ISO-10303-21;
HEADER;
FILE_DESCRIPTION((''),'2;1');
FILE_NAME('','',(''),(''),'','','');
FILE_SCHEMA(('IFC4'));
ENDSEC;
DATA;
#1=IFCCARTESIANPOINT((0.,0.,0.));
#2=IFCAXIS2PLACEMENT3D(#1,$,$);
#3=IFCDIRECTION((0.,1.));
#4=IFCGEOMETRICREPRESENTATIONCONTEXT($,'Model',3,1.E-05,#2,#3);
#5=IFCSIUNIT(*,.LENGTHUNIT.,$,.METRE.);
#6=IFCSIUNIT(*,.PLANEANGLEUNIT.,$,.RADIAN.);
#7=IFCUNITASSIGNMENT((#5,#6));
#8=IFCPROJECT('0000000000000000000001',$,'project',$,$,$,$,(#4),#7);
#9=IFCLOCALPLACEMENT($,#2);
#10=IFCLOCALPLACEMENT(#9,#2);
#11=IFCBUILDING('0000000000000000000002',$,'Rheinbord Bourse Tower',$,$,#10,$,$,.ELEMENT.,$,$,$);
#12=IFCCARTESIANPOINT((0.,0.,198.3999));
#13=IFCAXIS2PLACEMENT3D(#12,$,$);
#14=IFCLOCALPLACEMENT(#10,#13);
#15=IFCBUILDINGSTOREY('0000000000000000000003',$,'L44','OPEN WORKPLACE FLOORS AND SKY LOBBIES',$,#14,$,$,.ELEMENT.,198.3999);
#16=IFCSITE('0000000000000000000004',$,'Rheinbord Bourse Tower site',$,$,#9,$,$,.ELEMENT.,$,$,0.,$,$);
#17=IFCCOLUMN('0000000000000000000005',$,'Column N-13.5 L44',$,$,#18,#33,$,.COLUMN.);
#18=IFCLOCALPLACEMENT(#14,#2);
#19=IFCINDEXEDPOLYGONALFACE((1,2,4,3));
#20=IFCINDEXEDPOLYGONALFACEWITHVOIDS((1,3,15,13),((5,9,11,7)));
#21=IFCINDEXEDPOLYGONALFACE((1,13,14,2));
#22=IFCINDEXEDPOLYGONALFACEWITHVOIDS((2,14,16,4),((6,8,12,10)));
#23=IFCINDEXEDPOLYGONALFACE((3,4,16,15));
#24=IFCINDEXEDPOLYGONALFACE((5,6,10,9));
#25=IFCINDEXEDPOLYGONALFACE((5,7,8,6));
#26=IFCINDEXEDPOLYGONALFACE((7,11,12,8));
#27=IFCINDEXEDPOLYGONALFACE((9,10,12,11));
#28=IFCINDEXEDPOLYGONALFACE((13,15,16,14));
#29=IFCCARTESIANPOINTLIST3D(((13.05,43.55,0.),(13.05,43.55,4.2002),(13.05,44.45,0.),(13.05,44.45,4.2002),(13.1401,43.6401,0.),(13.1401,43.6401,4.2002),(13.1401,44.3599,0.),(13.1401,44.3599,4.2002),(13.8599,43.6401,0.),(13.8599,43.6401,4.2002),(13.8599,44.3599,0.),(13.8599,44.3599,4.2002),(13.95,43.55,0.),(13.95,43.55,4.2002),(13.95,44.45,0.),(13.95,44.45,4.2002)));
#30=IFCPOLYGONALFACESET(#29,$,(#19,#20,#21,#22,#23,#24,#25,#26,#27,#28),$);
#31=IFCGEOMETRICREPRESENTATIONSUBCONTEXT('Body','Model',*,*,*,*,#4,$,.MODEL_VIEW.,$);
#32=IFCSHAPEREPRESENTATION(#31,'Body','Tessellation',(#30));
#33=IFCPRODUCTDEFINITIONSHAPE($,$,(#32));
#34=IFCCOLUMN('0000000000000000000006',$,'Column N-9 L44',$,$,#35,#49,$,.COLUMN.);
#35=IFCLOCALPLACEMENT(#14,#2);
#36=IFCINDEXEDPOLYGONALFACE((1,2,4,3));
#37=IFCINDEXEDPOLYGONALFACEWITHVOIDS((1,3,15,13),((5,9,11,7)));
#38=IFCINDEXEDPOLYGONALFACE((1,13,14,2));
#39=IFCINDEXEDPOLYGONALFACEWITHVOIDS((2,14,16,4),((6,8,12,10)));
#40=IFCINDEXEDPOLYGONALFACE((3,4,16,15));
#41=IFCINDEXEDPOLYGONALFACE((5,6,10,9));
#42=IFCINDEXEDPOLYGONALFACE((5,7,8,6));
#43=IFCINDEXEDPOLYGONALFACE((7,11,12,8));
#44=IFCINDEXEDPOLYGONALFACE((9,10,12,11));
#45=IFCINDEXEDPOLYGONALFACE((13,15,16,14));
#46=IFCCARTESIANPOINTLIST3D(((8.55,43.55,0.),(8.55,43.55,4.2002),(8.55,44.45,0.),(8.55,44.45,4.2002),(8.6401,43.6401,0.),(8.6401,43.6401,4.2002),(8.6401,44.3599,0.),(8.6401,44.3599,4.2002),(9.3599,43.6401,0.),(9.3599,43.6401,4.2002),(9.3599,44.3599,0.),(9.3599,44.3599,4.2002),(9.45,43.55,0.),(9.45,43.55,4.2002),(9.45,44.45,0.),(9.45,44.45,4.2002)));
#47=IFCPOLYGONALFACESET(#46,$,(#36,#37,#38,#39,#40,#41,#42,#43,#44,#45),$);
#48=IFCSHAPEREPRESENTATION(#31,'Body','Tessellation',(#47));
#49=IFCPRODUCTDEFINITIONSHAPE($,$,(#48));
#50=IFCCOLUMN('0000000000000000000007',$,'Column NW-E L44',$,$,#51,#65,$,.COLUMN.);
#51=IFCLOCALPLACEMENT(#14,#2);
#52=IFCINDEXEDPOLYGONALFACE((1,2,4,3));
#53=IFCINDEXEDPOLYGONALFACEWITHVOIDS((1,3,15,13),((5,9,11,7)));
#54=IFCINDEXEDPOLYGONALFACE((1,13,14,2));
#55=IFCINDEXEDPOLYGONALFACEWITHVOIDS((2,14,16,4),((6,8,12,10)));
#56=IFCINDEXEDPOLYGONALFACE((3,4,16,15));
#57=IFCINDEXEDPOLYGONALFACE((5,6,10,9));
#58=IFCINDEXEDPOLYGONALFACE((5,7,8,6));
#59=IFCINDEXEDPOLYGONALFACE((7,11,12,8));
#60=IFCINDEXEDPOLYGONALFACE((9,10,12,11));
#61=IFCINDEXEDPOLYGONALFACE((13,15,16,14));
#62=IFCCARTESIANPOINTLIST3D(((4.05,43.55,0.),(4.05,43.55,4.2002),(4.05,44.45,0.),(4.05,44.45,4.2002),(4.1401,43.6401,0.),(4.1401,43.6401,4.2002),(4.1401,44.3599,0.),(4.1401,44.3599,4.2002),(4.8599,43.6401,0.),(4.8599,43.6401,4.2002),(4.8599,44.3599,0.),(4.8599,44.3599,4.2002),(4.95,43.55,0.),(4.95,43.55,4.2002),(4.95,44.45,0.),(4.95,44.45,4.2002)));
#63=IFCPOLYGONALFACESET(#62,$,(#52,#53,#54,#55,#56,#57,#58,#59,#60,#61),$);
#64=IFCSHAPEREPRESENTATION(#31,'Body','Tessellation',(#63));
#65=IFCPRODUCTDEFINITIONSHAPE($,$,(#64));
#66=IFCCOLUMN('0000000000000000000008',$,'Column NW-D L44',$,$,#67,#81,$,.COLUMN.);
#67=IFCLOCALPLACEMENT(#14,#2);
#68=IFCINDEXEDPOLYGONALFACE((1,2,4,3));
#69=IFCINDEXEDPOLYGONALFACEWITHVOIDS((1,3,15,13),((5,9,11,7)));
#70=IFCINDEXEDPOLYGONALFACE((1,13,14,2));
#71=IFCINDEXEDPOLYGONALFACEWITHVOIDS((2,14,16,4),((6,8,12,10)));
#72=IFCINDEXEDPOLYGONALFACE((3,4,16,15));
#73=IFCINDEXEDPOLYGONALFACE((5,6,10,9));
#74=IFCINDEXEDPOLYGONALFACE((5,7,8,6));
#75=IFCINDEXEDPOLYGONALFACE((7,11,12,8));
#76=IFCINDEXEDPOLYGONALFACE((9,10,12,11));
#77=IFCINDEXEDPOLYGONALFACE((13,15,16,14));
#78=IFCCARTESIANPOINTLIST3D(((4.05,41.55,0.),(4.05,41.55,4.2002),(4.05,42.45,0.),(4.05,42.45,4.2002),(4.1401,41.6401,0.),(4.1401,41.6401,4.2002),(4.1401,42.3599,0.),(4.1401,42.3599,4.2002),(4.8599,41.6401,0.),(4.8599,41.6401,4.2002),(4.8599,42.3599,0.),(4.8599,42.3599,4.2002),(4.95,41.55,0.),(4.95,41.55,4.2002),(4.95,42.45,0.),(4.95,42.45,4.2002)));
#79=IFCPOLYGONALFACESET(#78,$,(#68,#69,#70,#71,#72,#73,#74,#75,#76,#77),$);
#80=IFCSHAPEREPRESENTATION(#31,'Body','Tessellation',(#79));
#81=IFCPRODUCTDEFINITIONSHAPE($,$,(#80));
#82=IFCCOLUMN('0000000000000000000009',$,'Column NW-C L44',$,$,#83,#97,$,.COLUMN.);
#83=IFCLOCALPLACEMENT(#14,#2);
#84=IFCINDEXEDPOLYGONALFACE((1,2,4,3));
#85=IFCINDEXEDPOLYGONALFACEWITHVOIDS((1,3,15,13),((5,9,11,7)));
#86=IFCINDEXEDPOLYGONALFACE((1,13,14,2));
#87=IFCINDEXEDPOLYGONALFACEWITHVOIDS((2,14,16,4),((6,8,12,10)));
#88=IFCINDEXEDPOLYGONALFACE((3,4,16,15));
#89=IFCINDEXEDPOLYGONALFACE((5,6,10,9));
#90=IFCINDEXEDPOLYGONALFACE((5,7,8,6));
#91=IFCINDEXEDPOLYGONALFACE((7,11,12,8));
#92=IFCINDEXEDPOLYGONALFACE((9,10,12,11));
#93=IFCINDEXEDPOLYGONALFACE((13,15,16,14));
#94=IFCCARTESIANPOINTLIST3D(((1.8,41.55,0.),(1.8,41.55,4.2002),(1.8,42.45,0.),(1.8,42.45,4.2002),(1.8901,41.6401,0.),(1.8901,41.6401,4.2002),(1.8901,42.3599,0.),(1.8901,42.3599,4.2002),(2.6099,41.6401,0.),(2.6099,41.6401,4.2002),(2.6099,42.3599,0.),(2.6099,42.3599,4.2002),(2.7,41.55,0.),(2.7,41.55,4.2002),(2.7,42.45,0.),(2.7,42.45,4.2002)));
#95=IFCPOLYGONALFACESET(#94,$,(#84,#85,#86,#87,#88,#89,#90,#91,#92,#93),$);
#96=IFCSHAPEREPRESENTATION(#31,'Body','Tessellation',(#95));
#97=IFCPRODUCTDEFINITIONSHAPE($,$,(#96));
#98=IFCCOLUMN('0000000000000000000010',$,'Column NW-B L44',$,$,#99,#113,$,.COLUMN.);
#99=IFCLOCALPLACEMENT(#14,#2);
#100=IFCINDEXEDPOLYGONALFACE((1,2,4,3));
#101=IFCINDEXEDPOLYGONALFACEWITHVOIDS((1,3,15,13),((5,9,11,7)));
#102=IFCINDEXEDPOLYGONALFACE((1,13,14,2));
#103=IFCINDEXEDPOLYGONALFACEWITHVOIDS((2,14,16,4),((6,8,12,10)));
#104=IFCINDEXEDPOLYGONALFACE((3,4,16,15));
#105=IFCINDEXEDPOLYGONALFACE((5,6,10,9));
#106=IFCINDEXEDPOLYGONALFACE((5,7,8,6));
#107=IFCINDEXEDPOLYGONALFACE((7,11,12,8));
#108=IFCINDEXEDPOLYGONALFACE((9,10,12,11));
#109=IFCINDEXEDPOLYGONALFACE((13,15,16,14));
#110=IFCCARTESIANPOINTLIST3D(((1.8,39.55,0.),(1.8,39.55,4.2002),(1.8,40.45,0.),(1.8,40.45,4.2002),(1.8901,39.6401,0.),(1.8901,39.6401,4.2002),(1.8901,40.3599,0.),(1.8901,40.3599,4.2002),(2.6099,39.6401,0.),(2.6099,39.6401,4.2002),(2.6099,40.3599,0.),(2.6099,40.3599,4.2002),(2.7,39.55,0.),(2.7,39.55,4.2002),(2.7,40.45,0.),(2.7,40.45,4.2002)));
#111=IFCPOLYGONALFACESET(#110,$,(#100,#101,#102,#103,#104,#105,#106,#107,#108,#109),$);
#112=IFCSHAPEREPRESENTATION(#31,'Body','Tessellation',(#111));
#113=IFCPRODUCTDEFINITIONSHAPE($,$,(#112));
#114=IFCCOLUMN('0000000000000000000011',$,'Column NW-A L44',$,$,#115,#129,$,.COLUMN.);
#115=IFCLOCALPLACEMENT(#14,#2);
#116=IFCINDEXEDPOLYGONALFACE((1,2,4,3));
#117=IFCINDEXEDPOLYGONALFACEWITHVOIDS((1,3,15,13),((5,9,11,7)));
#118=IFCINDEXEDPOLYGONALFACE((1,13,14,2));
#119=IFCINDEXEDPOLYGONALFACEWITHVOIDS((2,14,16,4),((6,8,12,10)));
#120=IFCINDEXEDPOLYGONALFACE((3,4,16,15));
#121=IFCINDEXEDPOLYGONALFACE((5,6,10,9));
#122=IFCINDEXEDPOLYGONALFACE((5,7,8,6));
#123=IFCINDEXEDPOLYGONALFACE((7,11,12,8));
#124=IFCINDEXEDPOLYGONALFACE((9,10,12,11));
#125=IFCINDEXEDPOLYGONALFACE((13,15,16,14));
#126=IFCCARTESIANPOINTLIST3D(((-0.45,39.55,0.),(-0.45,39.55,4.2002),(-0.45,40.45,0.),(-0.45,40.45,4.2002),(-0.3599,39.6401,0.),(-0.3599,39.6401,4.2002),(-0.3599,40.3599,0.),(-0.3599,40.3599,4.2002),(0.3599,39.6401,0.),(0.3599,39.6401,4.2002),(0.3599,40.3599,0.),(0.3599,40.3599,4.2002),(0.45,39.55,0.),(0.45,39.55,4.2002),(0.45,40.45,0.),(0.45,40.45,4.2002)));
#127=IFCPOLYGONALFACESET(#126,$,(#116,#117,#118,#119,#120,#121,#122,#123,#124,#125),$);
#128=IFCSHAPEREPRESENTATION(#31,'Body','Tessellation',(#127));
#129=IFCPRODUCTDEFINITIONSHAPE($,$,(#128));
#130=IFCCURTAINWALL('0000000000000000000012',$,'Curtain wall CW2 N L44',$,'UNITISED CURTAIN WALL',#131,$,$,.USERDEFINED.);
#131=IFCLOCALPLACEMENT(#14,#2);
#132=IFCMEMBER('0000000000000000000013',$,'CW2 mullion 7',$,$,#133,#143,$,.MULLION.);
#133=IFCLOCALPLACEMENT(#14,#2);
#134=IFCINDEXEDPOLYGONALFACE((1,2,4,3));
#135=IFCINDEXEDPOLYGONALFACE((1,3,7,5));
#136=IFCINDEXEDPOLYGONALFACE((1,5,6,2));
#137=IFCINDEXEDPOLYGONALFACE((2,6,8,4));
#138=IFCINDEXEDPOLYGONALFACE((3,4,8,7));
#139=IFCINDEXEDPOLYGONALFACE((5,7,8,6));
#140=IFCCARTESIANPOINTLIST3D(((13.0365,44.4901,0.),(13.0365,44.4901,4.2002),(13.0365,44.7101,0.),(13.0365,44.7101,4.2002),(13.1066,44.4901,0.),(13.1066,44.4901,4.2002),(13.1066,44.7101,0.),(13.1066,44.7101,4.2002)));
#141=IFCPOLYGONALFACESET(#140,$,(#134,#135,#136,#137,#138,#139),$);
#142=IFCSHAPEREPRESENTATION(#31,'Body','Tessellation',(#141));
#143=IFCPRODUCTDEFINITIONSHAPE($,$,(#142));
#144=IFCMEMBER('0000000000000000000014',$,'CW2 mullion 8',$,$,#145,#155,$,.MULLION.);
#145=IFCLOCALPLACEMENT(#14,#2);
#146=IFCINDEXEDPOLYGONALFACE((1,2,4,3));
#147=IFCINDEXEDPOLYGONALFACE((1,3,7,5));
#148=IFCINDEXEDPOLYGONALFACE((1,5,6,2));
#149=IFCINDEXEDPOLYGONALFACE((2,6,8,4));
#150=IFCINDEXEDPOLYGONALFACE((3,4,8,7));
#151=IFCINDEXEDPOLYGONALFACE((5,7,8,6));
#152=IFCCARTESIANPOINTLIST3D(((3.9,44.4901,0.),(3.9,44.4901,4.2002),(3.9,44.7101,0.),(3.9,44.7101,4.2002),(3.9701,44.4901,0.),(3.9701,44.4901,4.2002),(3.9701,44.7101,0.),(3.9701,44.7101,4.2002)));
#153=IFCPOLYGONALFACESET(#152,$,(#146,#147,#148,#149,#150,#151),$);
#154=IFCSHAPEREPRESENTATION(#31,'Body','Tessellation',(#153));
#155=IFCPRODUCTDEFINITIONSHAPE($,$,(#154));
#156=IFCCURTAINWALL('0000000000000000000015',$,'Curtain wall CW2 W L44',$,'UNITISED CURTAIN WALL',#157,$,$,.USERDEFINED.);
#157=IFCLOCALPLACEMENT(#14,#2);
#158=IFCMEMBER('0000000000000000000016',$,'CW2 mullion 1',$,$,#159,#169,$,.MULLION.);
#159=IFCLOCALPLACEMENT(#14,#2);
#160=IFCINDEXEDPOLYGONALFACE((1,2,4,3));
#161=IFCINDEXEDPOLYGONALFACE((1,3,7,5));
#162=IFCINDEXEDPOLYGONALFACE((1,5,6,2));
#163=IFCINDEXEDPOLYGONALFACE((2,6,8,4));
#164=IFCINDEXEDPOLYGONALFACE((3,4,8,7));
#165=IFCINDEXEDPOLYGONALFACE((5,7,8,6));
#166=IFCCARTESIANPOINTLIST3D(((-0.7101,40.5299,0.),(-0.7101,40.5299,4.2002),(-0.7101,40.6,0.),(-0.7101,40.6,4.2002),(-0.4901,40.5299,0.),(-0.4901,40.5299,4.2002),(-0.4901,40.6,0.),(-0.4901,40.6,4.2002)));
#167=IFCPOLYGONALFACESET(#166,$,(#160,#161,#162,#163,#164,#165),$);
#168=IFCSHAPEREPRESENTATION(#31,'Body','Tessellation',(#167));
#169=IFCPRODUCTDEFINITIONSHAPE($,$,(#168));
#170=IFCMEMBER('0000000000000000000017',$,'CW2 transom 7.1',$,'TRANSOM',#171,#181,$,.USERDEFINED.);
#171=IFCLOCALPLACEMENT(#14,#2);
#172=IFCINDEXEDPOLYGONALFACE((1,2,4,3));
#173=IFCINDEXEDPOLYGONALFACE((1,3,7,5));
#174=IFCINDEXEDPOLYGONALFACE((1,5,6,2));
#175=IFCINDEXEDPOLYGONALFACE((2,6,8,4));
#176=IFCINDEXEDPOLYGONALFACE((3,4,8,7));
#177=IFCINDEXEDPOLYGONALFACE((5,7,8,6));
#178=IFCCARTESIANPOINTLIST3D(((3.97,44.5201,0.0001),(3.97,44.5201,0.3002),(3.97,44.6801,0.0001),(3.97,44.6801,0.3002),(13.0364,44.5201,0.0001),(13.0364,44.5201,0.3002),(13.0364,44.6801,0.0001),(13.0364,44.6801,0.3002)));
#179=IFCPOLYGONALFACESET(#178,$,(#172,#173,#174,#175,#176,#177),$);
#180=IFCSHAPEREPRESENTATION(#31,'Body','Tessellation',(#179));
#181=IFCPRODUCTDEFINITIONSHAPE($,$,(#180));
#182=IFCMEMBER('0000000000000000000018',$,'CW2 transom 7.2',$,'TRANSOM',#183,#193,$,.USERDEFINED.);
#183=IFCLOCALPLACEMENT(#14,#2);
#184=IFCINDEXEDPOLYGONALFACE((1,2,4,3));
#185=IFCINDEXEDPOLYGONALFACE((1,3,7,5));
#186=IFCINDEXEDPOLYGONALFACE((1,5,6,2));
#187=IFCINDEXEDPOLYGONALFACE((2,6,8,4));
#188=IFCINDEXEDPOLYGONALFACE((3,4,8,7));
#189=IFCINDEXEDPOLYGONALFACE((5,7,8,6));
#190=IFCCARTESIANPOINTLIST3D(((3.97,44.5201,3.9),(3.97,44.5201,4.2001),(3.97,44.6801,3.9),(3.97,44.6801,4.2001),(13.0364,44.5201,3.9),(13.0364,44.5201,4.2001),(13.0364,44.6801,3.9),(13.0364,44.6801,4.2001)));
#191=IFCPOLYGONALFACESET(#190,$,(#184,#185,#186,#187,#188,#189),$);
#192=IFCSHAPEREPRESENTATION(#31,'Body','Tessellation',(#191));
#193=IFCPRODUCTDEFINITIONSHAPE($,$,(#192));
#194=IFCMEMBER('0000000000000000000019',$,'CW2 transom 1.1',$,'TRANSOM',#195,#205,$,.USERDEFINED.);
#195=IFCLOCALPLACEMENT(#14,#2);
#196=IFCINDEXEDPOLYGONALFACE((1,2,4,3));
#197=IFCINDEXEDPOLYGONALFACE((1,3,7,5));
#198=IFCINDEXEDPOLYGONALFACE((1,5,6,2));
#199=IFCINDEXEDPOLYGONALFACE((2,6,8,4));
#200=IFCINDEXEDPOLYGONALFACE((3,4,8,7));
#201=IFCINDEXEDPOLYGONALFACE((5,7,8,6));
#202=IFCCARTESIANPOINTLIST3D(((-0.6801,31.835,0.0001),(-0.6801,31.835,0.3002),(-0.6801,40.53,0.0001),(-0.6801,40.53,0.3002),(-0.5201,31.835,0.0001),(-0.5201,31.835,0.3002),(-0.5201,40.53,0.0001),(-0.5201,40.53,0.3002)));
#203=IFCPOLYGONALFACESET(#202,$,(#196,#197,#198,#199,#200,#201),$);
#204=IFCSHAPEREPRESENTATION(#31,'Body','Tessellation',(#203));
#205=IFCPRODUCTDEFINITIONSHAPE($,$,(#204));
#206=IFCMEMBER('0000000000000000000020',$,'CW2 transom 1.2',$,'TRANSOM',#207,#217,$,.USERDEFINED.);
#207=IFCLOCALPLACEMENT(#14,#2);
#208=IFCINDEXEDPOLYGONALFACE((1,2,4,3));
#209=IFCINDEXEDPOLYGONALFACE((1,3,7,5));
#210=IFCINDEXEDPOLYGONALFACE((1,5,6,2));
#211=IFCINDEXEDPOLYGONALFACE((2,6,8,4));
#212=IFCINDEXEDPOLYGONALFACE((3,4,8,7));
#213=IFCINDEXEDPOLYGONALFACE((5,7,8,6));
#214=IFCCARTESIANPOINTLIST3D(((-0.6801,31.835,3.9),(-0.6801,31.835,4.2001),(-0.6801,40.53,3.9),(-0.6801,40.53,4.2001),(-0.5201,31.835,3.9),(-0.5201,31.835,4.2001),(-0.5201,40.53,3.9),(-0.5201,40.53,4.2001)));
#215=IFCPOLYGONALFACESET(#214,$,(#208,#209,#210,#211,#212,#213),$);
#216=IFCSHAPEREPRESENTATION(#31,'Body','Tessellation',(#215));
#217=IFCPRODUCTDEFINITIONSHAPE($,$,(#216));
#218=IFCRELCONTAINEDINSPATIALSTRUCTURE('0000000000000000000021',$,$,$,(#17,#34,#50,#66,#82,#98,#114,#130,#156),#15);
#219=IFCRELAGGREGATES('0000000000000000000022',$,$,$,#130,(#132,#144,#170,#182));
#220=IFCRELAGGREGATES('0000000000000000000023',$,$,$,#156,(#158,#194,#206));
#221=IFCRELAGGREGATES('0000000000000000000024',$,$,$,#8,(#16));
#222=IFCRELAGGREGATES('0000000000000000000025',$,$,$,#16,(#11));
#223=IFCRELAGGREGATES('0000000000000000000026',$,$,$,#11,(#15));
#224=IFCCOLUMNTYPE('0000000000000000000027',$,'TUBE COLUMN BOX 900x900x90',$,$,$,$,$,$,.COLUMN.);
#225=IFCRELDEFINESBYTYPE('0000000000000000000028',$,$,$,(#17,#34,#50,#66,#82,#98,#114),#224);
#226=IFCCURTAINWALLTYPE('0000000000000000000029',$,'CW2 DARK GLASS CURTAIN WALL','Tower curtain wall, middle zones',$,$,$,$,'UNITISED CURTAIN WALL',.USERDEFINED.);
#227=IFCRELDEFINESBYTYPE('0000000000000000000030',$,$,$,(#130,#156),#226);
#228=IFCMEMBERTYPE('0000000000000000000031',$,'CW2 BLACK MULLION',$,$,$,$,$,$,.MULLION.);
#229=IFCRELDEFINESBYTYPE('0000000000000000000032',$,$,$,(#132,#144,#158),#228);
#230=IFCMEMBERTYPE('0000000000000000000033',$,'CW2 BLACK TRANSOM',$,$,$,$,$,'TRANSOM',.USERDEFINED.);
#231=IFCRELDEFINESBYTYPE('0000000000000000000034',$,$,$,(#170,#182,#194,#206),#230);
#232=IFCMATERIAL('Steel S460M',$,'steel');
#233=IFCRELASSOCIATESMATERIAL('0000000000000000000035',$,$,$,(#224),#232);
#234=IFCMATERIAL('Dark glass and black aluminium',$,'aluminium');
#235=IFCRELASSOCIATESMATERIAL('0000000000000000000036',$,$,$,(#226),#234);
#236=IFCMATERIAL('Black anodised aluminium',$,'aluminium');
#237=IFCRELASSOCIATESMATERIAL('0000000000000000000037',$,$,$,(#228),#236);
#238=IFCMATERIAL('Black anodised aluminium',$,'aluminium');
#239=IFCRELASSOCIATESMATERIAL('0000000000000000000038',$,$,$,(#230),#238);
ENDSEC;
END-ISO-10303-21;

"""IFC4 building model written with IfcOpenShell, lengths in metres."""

from ifc_helpers import new_model, si_unit, direction, frame, origin, origin_2d, place, context, subcontext, project, spatial, rectangle, hollow_rectangle, extrude, material, material_profile, profile_set, type_object, element, aggregate, save


model = new_model("IFC4")

# Units and contexts
model_context = context("Model", 3, precision=1e-05, world=origin(), true_north=direction((0.0, 1.0)))
body_context = subcontext(model_context, "Body", "Model", "MODEL_VIEW")
ifc_project = project(units=[si_unit("LENGTHUNIT", "METRE"), si_unit("PLANEANGLEUNIT", "RADIAN")], contexts=[model_context])

# Site, building, storey
site_placement = place(None, origin())
site = spatial("IfcSite", under=ifc_project, at=site_placement, Name="Rheinbord Bourse Tower site", CompositionType="ELEMENT", RefElevation=0.0)
building_placement = place(site_placement, origin())
building = spatial("IfcBuilding", under=site, at=building_placement, Name="Rheinbord Bourse Tower", CompositionType="ELEMENT")
storey_placement = place(building_placement, frame((0.0, 0.0, 198.3999)))
storey = spatial("IfcBuildingStorey", under=building, at=storey_placement, Name="L44", Description="OPEN WORKPLACE FLOORS AND SKY LOBBIES", CompositionType="ELEMENT", Elevation=198.3999)

# Columns
ifc_material_1 = material(Name="Steel S460M", Category="steel")
ifc_material_profile_1 = material_profile(ifc_material_1, hollow_rectangle(XDim=0.8999, YDim=0.8999, WallThickness=0.0901, at=origin_2d()), Name="BOX 900x900x90")
ifc_profile_set_1 = profile_set([ifc_material_profile_1], Name="Steel S460M")
column_type = type_object("IfcColumnType", Name="TUBE COLUMN BOX 900x900x90", PredefinedType="COLUMN", material=ifc_profile_set_1)
for number, where, z_axis, x_axis, name in (
    (1, (13.5, 44.0, 0.0), (0.0, 0.0, 1.0), (0.0, 1.0, 0.0), "Column N-13.5 L44"),
    (2, (9.0, 44.0, 0.0), (0.0, 0.0, 1.0), (0.0, 1.0, 0.0), "Column N-9 L44"),
    (3, (4.5, 44.0, 0.0), (0.0, 0.0, 1.0), (0.0, 1.0, 0.0), "Column NW-E L44"),
    (4, (4.5, 42.0, 0.0), (0.0, 0.0, 1.0), (0.0, 1.0, 0.0), "Column NW-D L44"),
    (5, (2.25, 42.0, 0.0), (0.0, 0.0, 1.0), (1.0, 0.0, 0.0), "Column NW-C L44"),
    (6, (2.25, 40.0, 0.0), (0.0, 0.0, 1.0), (1.0, 0.0, 0.0), "Column NW-B L44"),
    (7, (0.0, 40.0, 0.0), (0.0, 0.0, 1.0), (1.0, 0.0, 0.0), "Column NW-A L44"),
):
    element("IfcColumn", number, at=place(storey_placement, frame(where, z_axis=z_axis, x_axis=x_axis)), inside=storey, type_object=column_type, Name=name, PredefinedType="COLUMN", context=body_context, shape_type="SweptSolid", body=[
        extrude(hollow_rectangle(XDim=0.8999, YDim=0.8999, WallThickness=0.0901, at=origin_2d()), origin(), (0.0, 0.0, 1.0), 4.2002),
    ])

# Curtain wall, members
ifc_material_2 = material(Name="Dark glass and black aluminium", Category="aluminium")
curtain_wall_type = type_object("IfcCurtainWallType", Name="CW2 DARK GLASS CURTAIN WALL", Description="Tower curtain wall, middle zones", ElementType="UNITISED CURTAIN WALL", PredefinedType="USERDEFINED", material=ifc_material_2)
curtain_wall_1_placement = place(storey_placement, origin())
curtain_wall_1 = element("IfcCurtainWall", 8, at=curtain_wall_1_placement, inside=storey, type_object=curtain_wall_type, Name="Curtain wall CW2 N L44", ObjectType="UNITISED CURTAIN WALL", PredefinedType="USERDEFINED")
ifc_material_3 = material(Name="Black anodised aluminium", Category="aluminium")
ifc_material_profile_2 = material_profile(ifc_material_3, rectangle(XDim=0.22, YDim=0.0701, at=origin_2d()), Name="CW2 MULLION 70x220")
ifc_profile_set_2 = profile_set([ifc_material_profile_2], Name="Black anodised aluminium")
member_type_1 = type_object("IfcMemberType", Name="CW2 BLACK MULLION", PredefinedType="MULLION", material=ifc_profile_set_2)
member_1_placement = place(storey_placement, frame((13.0715, 44.6001, 0.0), z_axis=(0.0, 0.0, 1.0), x_axis=(0.0, -1.0, 0.0)))
member_1 = element("IfcMember", 9, at=member_1_placement, type_object=member_type_1, Name="CW2 mullion 7", PredefinedType="MULLION", context=body_context, shape_type="SweptSolid", body=[
    extrude(rectangle(XDim=0.22, YDim=0.0701, at=origin_2d()), origin(), (0.0, 0.0, 1.0), 4.2002),
])
member_2_placement = place(storey_placement, frame((3.9351, 44.6001, 0.0), z_axis=(0.0, 0.0, 1.0), x_axis=(0.0, -1.0, 0.0)))
member_2 = element("IfcMember", 10, at=member_2_placement, type_object=member_type_1, Name="CW2 mullion 8", PredefinedType="MULLION", context=body_context, shape_type="SweptSolid", body=[
    extrude(rectangle(XDim=0.22, YDim=0.0701, at=origin_2d()), origin(), (0.0, 0.0, 1.0), 4.2002),
])

# Curtain wall, member
curtain_wall_2_placement = place(storey_placement, origin())
curtain_wall_2 = element("IfcCurtainWall", 11, at=curtain_wall_2_placement, inside=storey, type_object=curtain_wall_type, Name="Curtain wall CW2 W L44", ObjectType="UNITISED CURTAIN WALL", PredefinedType="USERDEFINED")
member_3_placement = place(storey_placement, frame((-0.6001, 40.5649, 0.0), z_axis=(0.0, 0.0, 1.0), x_axis=(1.0, 0.0, 0.0)))
member_3 = element("IfcMember", 12, at=member_3_placement, type_object=member_type_1, Name="CW2 mullion 1", PredefinedType="MULLION", context=body_context, shape_type="SweptSolid", body=[
    extrude(rectangle(XDim=0.22, YDim=0.0701, at=origin_2d()), origin(), (0.0, 0.0, 1.0), 4.2002),
])

# Members
ifc_material_4 = material(Name="Black anodised aluminium", Category="aluminium")
ifc_material_profile_3 = material_profile(ifc_material_4, rectangle(XDim=0.1599, YDim=0.3, at=origin_2d()), Name="CW2 TRANSOM 300x160")
ifc_profile_set_3 = profile_set([ifc_material_profile_3], Name="Black anodised aluminium")
member_type_2 = type_object("IfcMemberType", Name="CW2 BLACK TRANSOM", ElementType="TRANSOM", PredefinedType="USERDEFINED", material=ifc_profile_set_3)
member_4_placement = place(storey_placement, frame((13.0364, 44.6001, 0.1501), z_axis=(-1.0, 0.0, 0.0), x_axis=(0.0, -1.0, 0.0)))
member_4 = element("IfcMember", 13, at=member_4_placement, type_object=member_type_2, Name="CW2 transom 7.1", ObjectType="TRANSOM", PredefinedType="USERDEFINED", context=body_context, shape_type="SweptSolid", body=[
    extrude(rectangle(XDim=0.1599, YDim=0.3, at=origin_2d()), origin(), (0.0, 0.0, 1.0), 9.0664),
])
member_5_placement = place(storey_placement, frame((13.0364, 44.6001, 4.05), z_axis=(-1.0, 0.0, 0.0), x_axis=(0.0, -1.0, 0.0)))
member_5 = element("IfcMember", 14, at=member_5_placement, type_object=member_type_2, Name="CW2 transom 7.2", ObjectType="TRANSOM", PredefinedType="USERDEFINED", context=body_context, shape_type="SweptSolid", body=[
    extrude(rectangle(XDim=0.1599, YDim=0.3, at=origin_2d()), origin(), (0.0, 0.0, 1.0), 9.0664),
])
member_6_placement = place(storey_placement, frame((-0.6001, 40.53, 0.1501), z_axis=(0.0, -1.0, 0.0), x_axis=(1.0, 0.0, 0.0)))
member_6 = element("IfcMember", 15, at=member_6_placement, type_object=member_type_2, Name="CW2 transom 1.1", ObjectType="TRANSOM", PredefinedType="USERDEFINED", context=body_context, shape_type="SweptSolid", body=[
    extrude(rectangle(XDim=0.1599, YDim=0.3, at=origin_2d()), origin(), (0.0, 0.0, 1.0), 8.6951),
])
member_7_placement = place(storey_placement, frame((-0.6001, 40.53, 4.05), z_axis=(0.0, -1.0, 0.0), x_axis=(1.0, 0.0, 0.0)))
member_7 = element("IfcMember", 16, at=member_7_placement, type_object=member_type_2, Name="CW2 transom 1.2", ObjectType="TRANSOM", PredefinedType="USERDEFINED", context=body_context, shape_type="SweptSolid", body=[
    extrude(rectangle(XDim=0.1599, YDim=0.3, at=origin_2d()), origin(), (0.0, 0.0, 1.0), 8.6951),
])

aggregate(curtain_wall_1, [member_1, member_2, member_4, member_5])
aggregate(curtain_wall_2, [member_3, member_6, member_7])

save(model, "model.ifc")
